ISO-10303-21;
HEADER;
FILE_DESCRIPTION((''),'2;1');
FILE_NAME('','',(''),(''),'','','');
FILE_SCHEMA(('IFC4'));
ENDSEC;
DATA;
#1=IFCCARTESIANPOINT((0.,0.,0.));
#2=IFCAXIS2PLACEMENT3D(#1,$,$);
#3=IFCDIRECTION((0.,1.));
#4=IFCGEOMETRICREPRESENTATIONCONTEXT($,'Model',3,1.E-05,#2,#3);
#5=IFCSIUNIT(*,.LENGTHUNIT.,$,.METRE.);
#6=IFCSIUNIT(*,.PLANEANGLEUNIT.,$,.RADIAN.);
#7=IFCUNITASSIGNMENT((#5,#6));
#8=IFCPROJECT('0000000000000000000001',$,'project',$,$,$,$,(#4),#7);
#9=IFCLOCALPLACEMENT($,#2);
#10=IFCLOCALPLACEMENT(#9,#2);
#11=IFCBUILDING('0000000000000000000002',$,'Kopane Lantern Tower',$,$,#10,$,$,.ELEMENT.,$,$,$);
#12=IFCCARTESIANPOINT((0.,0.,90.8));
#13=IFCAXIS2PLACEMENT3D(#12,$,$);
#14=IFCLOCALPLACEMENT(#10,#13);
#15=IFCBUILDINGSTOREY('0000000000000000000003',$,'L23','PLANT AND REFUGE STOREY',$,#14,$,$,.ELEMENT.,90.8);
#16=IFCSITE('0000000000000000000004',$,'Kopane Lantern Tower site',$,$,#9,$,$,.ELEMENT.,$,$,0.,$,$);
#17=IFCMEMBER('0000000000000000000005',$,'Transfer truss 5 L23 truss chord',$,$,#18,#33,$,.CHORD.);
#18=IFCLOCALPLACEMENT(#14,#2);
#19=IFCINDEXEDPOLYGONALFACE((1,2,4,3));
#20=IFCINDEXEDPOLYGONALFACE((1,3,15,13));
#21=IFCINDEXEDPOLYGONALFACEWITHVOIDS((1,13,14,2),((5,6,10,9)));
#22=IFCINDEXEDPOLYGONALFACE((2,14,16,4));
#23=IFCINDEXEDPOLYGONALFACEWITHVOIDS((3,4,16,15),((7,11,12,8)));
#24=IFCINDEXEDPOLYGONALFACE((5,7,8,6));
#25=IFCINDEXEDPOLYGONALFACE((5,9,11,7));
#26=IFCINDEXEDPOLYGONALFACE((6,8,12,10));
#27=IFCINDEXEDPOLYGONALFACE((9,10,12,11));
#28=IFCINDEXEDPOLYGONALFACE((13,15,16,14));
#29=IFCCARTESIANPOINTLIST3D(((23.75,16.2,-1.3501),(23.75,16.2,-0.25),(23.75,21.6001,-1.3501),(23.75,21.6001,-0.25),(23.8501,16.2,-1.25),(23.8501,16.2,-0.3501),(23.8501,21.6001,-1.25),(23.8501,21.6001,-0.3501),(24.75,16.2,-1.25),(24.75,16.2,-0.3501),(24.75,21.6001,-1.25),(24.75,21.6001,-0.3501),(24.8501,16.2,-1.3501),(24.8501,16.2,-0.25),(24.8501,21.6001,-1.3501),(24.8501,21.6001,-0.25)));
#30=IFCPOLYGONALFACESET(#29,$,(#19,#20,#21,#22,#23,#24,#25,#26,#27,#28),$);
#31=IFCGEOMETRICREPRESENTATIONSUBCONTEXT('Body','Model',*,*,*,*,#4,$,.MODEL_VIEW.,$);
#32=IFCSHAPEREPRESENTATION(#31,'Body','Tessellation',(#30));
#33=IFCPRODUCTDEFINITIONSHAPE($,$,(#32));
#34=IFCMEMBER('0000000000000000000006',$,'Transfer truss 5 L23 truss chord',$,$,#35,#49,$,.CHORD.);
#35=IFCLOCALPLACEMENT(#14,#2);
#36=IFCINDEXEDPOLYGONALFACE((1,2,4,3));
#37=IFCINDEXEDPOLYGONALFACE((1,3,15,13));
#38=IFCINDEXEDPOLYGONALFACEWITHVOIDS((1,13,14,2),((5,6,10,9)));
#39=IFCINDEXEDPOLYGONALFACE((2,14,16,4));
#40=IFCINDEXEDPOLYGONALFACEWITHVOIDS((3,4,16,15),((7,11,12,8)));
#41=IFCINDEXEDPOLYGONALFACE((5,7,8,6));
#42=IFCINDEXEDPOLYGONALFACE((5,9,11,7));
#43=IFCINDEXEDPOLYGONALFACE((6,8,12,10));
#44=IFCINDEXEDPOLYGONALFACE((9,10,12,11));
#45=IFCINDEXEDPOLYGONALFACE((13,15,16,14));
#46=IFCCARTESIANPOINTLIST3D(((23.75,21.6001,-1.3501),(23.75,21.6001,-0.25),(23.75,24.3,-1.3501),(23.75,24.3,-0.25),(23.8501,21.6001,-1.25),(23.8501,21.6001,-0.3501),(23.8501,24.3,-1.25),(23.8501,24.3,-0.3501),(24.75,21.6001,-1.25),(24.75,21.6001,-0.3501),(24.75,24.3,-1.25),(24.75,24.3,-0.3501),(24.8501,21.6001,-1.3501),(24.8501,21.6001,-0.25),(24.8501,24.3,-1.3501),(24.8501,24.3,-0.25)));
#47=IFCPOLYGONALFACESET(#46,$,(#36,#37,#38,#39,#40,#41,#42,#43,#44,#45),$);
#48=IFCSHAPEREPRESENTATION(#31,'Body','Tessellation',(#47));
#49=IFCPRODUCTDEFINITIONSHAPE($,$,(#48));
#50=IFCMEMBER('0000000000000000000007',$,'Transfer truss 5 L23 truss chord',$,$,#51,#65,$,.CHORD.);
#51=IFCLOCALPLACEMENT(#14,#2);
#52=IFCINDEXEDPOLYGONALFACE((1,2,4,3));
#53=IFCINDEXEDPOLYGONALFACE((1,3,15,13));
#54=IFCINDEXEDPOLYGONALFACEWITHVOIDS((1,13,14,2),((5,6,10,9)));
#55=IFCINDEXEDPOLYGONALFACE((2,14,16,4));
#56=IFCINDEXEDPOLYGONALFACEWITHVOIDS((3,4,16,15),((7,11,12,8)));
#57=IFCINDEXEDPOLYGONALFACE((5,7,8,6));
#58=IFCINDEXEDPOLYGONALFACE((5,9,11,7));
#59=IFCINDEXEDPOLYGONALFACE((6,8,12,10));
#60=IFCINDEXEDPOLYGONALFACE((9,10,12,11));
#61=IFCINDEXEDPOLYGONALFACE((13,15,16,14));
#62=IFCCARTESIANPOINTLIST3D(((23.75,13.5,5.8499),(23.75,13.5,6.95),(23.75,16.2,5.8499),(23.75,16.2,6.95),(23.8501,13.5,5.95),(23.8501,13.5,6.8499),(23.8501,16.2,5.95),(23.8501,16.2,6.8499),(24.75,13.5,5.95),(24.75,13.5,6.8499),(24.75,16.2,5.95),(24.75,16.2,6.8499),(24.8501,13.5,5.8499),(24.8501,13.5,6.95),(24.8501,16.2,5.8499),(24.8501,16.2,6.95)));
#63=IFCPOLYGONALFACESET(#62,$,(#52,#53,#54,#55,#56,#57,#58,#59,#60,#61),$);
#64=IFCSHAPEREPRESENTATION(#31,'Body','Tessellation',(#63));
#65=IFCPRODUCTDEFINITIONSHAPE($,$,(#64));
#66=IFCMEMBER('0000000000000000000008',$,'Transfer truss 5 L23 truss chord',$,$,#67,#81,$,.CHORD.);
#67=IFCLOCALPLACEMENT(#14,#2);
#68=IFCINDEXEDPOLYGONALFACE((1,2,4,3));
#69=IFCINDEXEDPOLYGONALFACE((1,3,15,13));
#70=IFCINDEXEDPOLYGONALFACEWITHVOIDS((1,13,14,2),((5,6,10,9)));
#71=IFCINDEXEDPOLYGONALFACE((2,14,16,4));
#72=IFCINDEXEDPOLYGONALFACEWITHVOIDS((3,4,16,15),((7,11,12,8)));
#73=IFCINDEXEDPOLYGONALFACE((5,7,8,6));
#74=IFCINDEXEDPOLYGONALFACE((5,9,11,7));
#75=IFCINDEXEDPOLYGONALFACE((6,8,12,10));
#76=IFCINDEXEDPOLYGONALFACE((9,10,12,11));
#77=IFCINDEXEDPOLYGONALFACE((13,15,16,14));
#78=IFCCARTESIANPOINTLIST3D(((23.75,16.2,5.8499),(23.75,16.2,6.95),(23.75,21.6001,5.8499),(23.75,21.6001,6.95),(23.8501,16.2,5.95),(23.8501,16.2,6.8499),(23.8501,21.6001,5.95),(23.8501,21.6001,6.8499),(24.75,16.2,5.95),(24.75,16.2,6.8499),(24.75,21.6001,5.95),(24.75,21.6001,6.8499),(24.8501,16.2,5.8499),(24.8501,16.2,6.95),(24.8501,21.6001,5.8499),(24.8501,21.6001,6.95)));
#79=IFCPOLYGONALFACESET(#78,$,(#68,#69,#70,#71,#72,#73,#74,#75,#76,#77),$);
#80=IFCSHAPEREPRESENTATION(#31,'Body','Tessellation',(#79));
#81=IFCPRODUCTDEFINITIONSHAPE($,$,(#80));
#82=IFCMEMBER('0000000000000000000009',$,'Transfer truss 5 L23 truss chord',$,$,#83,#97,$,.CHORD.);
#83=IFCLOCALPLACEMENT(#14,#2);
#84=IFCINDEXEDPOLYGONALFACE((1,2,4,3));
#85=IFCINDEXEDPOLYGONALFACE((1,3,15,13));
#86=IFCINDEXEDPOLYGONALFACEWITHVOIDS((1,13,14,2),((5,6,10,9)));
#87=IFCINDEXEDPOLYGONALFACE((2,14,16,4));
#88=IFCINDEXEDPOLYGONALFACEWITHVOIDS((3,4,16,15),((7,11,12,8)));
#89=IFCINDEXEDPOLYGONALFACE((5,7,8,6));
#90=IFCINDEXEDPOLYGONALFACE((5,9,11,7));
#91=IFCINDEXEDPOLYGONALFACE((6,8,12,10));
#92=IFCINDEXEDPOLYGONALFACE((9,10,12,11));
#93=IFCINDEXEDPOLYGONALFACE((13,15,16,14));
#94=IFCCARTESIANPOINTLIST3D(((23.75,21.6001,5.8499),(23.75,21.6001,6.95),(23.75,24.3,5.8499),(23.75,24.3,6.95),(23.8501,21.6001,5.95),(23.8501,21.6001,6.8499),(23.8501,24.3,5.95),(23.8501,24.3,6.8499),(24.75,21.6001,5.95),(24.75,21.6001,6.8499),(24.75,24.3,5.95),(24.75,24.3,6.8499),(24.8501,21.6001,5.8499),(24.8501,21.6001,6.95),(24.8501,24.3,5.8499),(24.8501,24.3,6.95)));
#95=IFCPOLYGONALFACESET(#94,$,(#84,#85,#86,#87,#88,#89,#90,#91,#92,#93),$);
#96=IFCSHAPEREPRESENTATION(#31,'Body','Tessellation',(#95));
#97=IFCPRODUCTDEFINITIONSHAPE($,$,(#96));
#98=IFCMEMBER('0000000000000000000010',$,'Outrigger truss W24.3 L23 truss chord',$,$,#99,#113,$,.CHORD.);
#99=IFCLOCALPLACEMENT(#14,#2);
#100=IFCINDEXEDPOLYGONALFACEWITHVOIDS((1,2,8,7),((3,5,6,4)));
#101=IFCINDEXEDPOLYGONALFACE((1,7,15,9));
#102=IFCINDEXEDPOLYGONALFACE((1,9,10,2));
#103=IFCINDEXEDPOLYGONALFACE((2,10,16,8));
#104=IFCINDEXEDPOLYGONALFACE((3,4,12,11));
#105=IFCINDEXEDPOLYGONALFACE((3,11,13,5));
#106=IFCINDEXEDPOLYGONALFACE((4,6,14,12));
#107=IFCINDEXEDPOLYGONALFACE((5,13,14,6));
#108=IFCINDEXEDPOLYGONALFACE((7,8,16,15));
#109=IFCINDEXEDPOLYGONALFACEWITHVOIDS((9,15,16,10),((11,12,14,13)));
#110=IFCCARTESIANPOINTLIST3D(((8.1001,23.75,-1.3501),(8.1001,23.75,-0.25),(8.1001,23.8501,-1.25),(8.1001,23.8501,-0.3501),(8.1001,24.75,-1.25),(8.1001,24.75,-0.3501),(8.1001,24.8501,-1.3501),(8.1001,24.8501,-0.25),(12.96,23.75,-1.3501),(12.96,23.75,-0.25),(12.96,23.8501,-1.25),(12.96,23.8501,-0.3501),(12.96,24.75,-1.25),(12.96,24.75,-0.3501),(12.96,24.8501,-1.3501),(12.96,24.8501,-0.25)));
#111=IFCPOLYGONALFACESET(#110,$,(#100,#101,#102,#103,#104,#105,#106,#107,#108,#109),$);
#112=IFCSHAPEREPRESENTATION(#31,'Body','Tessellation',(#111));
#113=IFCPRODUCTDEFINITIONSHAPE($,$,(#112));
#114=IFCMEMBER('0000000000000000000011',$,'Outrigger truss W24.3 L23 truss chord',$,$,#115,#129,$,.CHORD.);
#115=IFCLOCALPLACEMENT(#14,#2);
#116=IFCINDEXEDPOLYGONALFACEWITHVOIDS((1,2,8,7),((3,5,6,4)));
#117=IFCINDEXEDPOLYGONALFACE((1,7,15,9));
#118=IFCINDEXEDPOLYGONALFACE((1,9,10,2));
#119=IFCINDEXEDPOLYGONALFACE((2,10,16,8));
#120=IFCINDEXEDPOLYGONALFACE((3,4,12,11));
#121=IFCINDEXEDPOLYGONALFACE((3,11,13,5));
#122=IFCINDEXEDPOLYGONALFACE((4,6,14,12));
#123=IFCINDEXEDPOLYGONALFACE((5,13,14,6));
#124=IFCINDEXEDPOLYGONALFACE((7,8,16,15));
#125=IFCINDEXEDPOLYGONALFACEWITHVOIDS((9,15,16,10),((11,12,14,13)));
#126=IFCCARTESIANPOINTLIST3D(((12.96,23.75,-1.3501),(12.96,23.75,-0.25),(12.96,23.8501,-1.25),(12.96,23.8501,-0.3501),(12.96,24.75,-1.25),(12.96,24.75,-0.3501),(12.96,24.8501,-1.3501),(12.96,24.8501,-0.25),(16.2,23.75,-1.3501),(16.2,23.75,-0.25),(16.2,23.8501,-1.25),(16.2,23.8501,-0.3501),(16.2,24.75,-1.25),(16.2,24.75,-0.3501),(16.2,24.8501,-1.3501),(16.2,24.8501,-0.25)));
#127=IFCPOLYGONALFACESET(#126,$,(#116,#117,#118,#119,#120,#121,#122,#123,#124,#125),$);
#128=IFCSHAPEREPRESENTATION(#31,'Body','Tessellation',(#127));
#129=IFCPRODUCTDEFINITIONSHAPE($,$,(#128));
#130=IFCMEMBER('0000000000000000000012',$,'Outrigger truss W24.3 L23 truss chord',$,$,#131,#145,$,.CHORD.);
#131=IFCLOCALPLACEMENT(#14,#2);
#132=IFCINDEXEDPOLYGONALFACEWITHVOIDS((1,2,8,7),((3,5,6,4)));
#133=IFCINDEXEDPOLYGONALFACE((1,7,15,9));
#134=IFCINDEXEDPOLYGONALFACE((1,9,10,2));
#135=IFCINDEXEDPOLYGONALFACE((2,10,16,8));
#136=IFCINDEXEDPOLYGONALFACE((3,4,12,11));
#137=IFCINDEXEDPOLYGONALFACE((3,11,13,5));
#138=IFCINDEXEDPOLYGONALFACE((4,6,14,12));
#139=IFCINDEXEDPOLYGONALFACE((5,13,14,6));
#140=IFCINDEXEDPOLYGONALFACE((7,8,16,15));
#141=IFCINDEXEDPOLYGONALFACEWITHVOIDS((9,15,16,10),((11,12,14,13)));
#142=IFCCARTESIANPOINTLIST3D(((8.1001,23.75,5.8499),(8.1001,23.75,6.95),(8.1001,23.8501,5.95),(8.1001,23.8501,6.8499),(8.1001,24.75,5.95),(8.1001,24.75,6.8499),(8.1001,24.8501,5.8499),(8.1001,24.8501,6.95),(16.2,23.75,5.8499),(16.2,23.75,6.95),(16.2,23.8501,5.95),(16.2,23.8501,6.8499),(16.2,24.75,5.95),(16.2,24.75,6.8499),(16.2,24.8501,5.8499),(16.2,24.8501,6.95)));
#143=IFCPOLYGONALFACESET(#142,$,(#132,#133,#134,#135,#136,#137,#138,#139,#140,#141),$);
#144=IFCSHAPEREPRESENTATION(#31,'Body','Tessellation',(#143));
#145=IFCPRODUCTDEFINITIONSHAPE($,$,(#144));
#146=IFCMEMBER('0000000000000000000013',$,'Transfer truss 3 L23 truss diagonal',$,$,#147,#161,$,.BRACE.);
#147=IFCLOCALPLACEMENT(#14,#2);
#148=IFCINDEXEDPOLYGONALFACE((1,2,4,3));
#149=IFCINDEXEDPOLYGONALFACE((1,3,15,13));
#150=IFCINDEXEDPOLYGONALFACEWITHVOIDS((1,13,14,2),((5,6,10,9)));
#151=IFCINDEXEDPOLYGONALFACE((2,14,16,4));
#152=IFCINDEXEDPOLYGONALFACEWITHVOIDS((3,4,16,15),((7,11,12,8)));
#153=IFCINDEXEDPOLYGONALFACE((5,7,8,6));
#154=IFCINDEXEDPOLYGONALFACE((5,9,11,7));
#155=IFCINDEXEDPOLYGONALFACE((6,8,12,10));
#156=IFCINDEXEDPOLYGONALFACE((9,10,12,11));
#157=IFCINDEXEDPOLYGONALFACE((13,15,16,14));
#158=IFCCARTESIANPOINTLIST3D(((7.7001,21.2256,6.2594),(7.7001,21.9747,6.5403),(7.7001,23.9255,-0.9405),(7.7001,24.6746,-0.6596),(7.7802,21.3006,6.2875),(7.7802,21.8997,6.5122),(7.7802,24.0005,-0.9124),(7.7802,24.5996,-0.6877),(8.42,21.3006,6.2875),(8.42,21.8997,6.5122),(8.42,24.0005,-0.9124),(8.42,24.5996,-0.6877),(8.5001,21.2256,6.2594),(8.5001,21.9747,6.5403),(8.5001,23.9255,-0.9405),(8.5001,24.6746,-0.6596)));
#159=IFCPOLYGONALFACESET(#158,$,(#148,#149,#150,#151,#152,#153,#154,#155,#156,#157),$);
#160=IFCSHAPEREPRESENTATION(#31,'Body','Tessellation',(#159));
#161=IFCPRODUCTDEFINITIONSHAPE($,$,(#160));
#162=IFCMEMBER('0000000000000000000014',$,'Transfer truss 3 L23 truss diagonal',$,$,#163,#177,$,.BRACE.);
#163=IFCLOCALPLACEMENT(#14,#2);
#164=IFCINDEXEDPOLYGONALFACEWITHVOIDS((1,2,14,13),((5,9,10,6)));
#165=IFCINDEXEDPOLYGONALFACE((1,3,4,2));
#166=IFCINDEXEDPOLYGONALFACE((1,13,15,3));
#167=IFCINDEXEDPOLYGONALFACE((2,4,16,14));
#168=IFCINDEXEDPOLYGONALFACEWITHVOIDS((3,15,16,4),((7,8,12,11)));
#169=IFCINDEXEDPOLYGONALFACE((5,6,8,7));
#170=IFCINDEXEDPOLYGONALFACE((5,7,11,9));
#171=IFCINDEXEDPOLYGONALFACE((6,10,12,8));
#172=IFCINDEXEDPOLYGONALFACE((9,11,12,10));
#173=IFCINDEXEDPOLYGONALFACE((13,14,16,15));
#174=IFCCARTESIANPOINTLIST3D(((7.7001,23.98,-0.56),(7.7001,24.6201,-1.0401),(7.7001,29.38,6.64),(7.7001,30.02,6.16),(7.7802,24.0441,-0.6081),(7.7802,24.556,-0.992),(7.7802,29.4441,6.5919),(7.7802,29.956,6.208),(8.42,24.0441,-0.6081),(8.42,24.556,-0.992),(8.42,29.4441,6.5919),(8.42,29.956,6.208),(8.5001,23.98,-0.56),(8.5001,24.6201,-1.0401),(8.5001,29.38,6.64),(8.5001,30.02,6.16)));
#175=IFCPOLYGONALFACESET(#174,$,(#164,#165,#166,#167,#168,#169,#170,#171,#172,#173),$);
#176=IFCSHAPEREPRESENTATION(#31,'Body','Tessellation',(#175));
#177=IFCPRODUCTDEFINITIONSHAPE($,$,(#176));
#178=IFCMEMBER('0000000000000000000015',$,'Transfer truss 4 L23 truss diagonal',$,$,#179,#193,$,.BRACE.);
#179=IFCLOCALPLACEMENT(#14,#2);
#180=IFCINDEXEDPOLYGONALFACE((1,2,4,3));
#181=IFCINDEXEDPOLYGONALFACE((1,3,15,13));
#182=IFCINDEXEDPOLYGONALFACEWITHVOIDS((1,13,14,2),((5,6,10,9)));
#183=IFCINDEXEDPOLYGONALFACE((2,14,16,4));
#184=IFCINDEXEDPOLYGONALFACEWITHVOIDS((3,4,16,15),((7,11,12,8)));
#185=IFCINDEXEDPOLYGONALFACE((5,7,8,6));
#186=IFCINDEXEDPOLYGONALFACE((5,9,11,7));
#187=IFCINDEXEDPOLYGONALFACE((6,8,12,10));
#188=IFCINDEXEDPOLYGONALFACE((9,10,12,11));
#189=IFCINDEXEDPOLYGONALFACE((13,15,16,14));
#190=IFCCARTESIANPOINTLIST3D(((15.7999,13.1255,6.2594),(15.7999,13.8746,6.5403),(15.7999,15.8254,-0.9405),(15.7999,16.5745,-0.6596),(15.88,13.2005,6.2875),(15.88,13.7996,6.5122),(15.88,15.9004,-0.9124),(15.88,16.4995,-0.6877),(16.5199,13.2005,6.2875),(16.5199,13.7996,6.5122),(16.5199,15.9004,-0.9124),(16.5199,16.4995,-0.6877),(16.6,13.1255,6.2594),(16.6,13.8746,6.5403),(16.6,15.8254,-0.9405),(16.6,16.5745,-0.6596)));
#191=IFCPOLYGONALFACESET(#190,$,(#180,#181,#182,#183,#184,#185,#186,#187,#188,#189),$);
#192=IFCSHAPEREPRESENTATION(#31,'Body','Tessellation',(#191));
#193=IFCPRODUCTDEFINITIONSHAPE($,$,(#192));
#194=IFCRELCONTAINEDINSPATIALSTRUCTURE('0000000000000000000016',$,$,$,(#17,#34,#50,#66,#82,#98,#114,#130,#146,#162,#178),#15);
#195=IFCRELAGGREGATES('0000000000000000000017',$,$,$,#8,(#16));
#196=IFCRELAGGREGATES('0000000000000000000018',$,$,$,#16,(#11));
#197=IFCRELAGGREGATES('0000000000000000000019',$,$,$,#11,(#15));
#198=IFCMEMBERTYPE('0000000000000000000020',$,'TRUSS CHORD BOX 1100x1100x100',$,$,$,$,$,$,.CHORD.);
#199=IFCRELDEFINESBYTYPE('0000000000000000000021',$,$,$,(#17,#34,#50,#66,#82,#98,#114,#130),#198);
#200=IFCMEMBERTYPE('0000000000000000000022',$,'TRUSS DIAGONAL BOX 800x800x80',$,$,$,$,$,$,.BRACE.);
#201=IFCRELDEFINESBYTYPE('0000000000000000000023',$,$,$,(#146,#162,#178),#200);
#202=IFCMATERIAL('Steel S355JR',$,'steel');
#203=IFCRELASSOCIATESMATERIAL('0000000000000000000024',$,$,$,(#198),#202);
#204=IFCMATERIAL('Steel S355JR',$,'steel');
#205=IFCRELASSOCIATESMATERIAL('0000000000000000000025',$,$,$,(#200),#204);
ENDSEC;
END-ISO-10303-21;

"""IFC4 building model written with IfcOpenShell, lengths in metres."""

from ifc_helpers import new_model, si_unit, direction, frame, origin, origin_2d, place, context, subcontext, project, spatial, hollow_rectangle, extrude, material, material_profile, profile_set, type_object, element, save


model = new_model("IFC4")

# Units and contexts
model_context = context("Model", 3, precision=1e-05, world=origin(), true_north=direction((0.0, 1.0)))
body_context = subcontext(model_context, "Body", "Model", "MODEL_VIEW")
ifc_project = project(units=[si_unit("LENGTHUNIT", "METRE"), si_unit("PLANEANGLEUNIT", "RADIAN")], contexts=[model_context])

# Site, building, storey
site_placement = place(None, origin())
site = spatial("IfcSite", under=ifc_project, at=site_placement, Name="Kopane Lantern Tower site", CompositionType="ELEMENT", RefElevation=0.0)
building_placement = place(site_placement, origin())
building = spatial("IfcBuilding", under=site, at=building_placement, Name="Kopane Lantern Tower", CompositionType="ELEMENT")
storey_placement = place(building_placement, frame((0.0, 0.0, 90.8)))
storey = spatial("IfcBuildingStorey", under=building, at=storey_placement, Name="L23", Description="PLANT AND REFUGE STOREY", CompositionType="ELEMENT", Elevation=90.8)

# Members
ifc_material_1 = material(Name="Steel S355JR", Category="steel")
ifc_material_profile_1 = material_profile(ifc_material_1, hollow_rectangle(XDim=1.1001, YDim=1.1001, WallThickness=0.1001, at=origin_2d()), Name="BOX 1100x1100x100")
ifc_profile_set_1 = profile_set([ifc_material_profile_1], Name="Steel S355JR")
member_type_1 = type_object("IfcMemberType", Name="TRUSS CHORD BOX 1100x1100x100", PredefinedType="CHORD", material=ifc_profile_set_1)
member_1_placement = place(storey_placement, frame((24.3, 16.2, -0.8), z_axis=(0.0, 1.0, 0.0), x_axis=(-1.0, 0.0, 0.0)))
element("IfcMember", 1, at=member_1_placement, inside=storey, type_object=member_type_1, Name="Transfer truss 5 L23 truss chord", PredefinedType="CHORD", context=body_context, shape_type="SweptSolid", body=[
    extrude(hollow_rectangle(XDim=1.1001, YDim=1.1001, WallThickness=0.1001, at=origin_2d()), origin(), (0.0, 0.0, 1.0), 5.4001),
])
for number, where, z_axis, x_axis, name in (
    (2, (24.3, 21.6001, -0.8), (0.0, 1.0, 0.0), (-1.0, 0.0, 0.0), "Transfer truss 5 L23 truss chord"),
    (3, (24.3, 13.5, 6.3999), (0.0, 1.0, 0.0), (-1.0, 0.0, 0.0), "Transfer truss 5 L23 truss chord"),
):
    element("IfcMember", number, at=place(storey_placement, frame(where, z_axis=z_axis, x_axis=x_axis)), inside=storey, type_object=member_type_1, Name=name, PredefinedType="CHORD", context=body_context, shape_type="SweptSolid", body=[
        extrude(hollow_rectangle(XDim=1.1001, YDim=1.1001, WallThickness=0.1001, at=origin_2d()), origin(), (0.0, 0.0, 1.0), 2.7),
    ])
member_2_placement = place(storey_placement, frame((24.3, 16.2, 6.3999), z_axis=(0.0, 1.0, 0.0), x_axis=(-1.0, 0.0, 0.0)))
element("IfcMember", 4, at=member_2_placement, inside=storey, type_object=member_type_1, Name="Transfer truss 5 L23 truss chord", PredefinedType="CHORD", context=body_context, shape_type="SweptSolid", body=[
    extrude(hollow_rectangle(XDim=1.1001, YDim=1.1001, WallThickness=0.1001, at=origin_2d()), origin(), (0.0, 0.0, 1.0), 5.4001),
])
member_3_placement = place(storey_placement, frame((24.3, 21.6001, 6.3999), z_axis=(0.0, 1.0, 0.0), x_axis=(-1.0, 0.0, 0.0)))
element("IfcMember", 5, at=member_3_placement, inside=storey, type_object=member_type_1, Name="Transfer truss 5 L23 truss chord", PredefinedType="CHORD", context=body_context, shape_type="SweptSolid", body=[
    extrude(hollow_rectangle(XDim=1.1001, YDim=1.1001, WallThickness=0.1001, at=origin_2d()), origin(), (0.0, 0.0, 1.0), 2.7),
])
member_4_placement = place(storey_placement, frame((8.1001, 24.3, -0.8), z_axis=(1.0, 0.0, 0.0), x_axis=(0.0, 1.0, 0.0)))
element("IfcMember", 6, at=member_4_placement, inside=storey, type_object=member_type_1, Name="Outrigger truss W24.3 L23 truss chord", PredefinedType="CHORD", context=body_context, shape_type="SweptSolid", body=[
    extrude(hollow_rectangle(XDim=1.1001, YDim=1.1001, WallThickness=0.1001, at=origin_2d()), origin(), (0.0, 0.0, 1.0), 4.8599),
])
member_5_placement = place(storey_placement, frame((12.96, 24.3, -0.8), z_axis=(1.0, 0.0, 0.0), x_axis=(0.0, 1.0, 0.0)))
element("IfcMember", 7, at=member_5_placement, inside=storey, type_object=member_type_1, Name="Outrigger truss W24.3 L23 truss chord", PredefinedType="CHORD", context=body_context, shape_type="SweptSolid", body=[
    extrude(hollow_rectangle(XDim=1.1001, YDim=1.1001, WallThickness=0.1001, at=origin_2d()), origin(), (0.0, 0.0, 1.0), 3.24),
])
member_6_placement = place(storey_placement, frame((8.1001, 24.3, 6.3999), z_axis=(1.0, 0.0, 0.0), x_axis=(0.0, 1.0, 0.0)))
element("IfcMember", 8, at=member_6_placement, inside=storey, type_object=member_type_1, Name="Outrigger truss W24.3 L23 truss chord", PredefinedType="CHORD", context=body_context, shape_type="SweptSolid", body=[
    extrude(hollow_rectangle(XDim=1.1001, YDim=1.1001, WallThickness=0.1001, at=origin_2d()), origin(), (0.0, 0.0, 1.0), 8.0999),
])
ifc_material_2 = material(Name="Steel S355JR", Category="steel")
ifc_material_profile_2 = material_profile(ifc_material_2, hollow_rectangle(XDim=0.8, YDim=0.8, WallThickness=0.0801, at=origin_2d()), Name="BOX 800x800x80")
ifc_profile_set_2 = profile_set([ifc_material_profile_2], Name="Steel S355JR")
member_type_2 = type_object("IfcMemberType", Name="TRUSS DIAGONAL BOX 800x800x80", PredefinedType="BRACE", material=ifc_profile_set_2)
member_7_placement = place(storey_placement, frame((8.1001, 24.3, -0.8), z_axis=(0.0, -0.35112, 0.93633), x_axis=(1.0, 0.0, 0.0)))
element("IfcMember", 9, at=member_7_placement, inside=storey, type_object=member_type_2, Name="Transfer truss 3 L23 truss diagonal", PredefinedType="BRACE", context=body_context, shape_type="SweptSolid", body=[
    extrude(hollow_rectangle(XDim=0.8, YDim=0.8, WallThickness=0.0801, at=origin_2d()), origin(), (0.0, 0.0, 1.0), 7.6895),
])
member_8_placement = place(storey_placement, frame((8.1001, 24.3, -0.8), z_axis=(0.0, 0.599996, 0.800003), x_axis=(-1.0, 0.0, 0.0)))
element("IfcMember", 10, at=member_8_placement, inside=storey, type_object=member_type_2, Name="Transfer truss 3 L23 truss diagonal", PredefinedType="BRACE", context=body_context, shape_type="SweptSolid", body=[
    extrude(hollow_rectangle(XDim=0.8, YDim=0.8, WallThickness=0.0801, at=origin_2d()), origin(), (0.0, 0.0, 1.0), 9.0),
])
member_9_placement = place(storey_placement, frame((16.2, 16.2, -0.8), z_axis=(0.0, -0.35112, 0.93633), x_axis=(1.0, 0.0, 0.0)))
element("IfcMember", 11, at=member_9_placement, inside=storey, type_object=member_type_2, Name="Transfer truss 4 L23 truss diagonal", PredefinedType="BRACE", context=body_context, shape_type="SweptSolid", body=[
    extrude(hollow_rectangle(XDim=0.8, YDim=0.8, WallThickness=0.0801, at=origin_2d()), origin(), (0.0, 0.0, 1.0), 7.6895),
])

save(model, "model.ifc")
